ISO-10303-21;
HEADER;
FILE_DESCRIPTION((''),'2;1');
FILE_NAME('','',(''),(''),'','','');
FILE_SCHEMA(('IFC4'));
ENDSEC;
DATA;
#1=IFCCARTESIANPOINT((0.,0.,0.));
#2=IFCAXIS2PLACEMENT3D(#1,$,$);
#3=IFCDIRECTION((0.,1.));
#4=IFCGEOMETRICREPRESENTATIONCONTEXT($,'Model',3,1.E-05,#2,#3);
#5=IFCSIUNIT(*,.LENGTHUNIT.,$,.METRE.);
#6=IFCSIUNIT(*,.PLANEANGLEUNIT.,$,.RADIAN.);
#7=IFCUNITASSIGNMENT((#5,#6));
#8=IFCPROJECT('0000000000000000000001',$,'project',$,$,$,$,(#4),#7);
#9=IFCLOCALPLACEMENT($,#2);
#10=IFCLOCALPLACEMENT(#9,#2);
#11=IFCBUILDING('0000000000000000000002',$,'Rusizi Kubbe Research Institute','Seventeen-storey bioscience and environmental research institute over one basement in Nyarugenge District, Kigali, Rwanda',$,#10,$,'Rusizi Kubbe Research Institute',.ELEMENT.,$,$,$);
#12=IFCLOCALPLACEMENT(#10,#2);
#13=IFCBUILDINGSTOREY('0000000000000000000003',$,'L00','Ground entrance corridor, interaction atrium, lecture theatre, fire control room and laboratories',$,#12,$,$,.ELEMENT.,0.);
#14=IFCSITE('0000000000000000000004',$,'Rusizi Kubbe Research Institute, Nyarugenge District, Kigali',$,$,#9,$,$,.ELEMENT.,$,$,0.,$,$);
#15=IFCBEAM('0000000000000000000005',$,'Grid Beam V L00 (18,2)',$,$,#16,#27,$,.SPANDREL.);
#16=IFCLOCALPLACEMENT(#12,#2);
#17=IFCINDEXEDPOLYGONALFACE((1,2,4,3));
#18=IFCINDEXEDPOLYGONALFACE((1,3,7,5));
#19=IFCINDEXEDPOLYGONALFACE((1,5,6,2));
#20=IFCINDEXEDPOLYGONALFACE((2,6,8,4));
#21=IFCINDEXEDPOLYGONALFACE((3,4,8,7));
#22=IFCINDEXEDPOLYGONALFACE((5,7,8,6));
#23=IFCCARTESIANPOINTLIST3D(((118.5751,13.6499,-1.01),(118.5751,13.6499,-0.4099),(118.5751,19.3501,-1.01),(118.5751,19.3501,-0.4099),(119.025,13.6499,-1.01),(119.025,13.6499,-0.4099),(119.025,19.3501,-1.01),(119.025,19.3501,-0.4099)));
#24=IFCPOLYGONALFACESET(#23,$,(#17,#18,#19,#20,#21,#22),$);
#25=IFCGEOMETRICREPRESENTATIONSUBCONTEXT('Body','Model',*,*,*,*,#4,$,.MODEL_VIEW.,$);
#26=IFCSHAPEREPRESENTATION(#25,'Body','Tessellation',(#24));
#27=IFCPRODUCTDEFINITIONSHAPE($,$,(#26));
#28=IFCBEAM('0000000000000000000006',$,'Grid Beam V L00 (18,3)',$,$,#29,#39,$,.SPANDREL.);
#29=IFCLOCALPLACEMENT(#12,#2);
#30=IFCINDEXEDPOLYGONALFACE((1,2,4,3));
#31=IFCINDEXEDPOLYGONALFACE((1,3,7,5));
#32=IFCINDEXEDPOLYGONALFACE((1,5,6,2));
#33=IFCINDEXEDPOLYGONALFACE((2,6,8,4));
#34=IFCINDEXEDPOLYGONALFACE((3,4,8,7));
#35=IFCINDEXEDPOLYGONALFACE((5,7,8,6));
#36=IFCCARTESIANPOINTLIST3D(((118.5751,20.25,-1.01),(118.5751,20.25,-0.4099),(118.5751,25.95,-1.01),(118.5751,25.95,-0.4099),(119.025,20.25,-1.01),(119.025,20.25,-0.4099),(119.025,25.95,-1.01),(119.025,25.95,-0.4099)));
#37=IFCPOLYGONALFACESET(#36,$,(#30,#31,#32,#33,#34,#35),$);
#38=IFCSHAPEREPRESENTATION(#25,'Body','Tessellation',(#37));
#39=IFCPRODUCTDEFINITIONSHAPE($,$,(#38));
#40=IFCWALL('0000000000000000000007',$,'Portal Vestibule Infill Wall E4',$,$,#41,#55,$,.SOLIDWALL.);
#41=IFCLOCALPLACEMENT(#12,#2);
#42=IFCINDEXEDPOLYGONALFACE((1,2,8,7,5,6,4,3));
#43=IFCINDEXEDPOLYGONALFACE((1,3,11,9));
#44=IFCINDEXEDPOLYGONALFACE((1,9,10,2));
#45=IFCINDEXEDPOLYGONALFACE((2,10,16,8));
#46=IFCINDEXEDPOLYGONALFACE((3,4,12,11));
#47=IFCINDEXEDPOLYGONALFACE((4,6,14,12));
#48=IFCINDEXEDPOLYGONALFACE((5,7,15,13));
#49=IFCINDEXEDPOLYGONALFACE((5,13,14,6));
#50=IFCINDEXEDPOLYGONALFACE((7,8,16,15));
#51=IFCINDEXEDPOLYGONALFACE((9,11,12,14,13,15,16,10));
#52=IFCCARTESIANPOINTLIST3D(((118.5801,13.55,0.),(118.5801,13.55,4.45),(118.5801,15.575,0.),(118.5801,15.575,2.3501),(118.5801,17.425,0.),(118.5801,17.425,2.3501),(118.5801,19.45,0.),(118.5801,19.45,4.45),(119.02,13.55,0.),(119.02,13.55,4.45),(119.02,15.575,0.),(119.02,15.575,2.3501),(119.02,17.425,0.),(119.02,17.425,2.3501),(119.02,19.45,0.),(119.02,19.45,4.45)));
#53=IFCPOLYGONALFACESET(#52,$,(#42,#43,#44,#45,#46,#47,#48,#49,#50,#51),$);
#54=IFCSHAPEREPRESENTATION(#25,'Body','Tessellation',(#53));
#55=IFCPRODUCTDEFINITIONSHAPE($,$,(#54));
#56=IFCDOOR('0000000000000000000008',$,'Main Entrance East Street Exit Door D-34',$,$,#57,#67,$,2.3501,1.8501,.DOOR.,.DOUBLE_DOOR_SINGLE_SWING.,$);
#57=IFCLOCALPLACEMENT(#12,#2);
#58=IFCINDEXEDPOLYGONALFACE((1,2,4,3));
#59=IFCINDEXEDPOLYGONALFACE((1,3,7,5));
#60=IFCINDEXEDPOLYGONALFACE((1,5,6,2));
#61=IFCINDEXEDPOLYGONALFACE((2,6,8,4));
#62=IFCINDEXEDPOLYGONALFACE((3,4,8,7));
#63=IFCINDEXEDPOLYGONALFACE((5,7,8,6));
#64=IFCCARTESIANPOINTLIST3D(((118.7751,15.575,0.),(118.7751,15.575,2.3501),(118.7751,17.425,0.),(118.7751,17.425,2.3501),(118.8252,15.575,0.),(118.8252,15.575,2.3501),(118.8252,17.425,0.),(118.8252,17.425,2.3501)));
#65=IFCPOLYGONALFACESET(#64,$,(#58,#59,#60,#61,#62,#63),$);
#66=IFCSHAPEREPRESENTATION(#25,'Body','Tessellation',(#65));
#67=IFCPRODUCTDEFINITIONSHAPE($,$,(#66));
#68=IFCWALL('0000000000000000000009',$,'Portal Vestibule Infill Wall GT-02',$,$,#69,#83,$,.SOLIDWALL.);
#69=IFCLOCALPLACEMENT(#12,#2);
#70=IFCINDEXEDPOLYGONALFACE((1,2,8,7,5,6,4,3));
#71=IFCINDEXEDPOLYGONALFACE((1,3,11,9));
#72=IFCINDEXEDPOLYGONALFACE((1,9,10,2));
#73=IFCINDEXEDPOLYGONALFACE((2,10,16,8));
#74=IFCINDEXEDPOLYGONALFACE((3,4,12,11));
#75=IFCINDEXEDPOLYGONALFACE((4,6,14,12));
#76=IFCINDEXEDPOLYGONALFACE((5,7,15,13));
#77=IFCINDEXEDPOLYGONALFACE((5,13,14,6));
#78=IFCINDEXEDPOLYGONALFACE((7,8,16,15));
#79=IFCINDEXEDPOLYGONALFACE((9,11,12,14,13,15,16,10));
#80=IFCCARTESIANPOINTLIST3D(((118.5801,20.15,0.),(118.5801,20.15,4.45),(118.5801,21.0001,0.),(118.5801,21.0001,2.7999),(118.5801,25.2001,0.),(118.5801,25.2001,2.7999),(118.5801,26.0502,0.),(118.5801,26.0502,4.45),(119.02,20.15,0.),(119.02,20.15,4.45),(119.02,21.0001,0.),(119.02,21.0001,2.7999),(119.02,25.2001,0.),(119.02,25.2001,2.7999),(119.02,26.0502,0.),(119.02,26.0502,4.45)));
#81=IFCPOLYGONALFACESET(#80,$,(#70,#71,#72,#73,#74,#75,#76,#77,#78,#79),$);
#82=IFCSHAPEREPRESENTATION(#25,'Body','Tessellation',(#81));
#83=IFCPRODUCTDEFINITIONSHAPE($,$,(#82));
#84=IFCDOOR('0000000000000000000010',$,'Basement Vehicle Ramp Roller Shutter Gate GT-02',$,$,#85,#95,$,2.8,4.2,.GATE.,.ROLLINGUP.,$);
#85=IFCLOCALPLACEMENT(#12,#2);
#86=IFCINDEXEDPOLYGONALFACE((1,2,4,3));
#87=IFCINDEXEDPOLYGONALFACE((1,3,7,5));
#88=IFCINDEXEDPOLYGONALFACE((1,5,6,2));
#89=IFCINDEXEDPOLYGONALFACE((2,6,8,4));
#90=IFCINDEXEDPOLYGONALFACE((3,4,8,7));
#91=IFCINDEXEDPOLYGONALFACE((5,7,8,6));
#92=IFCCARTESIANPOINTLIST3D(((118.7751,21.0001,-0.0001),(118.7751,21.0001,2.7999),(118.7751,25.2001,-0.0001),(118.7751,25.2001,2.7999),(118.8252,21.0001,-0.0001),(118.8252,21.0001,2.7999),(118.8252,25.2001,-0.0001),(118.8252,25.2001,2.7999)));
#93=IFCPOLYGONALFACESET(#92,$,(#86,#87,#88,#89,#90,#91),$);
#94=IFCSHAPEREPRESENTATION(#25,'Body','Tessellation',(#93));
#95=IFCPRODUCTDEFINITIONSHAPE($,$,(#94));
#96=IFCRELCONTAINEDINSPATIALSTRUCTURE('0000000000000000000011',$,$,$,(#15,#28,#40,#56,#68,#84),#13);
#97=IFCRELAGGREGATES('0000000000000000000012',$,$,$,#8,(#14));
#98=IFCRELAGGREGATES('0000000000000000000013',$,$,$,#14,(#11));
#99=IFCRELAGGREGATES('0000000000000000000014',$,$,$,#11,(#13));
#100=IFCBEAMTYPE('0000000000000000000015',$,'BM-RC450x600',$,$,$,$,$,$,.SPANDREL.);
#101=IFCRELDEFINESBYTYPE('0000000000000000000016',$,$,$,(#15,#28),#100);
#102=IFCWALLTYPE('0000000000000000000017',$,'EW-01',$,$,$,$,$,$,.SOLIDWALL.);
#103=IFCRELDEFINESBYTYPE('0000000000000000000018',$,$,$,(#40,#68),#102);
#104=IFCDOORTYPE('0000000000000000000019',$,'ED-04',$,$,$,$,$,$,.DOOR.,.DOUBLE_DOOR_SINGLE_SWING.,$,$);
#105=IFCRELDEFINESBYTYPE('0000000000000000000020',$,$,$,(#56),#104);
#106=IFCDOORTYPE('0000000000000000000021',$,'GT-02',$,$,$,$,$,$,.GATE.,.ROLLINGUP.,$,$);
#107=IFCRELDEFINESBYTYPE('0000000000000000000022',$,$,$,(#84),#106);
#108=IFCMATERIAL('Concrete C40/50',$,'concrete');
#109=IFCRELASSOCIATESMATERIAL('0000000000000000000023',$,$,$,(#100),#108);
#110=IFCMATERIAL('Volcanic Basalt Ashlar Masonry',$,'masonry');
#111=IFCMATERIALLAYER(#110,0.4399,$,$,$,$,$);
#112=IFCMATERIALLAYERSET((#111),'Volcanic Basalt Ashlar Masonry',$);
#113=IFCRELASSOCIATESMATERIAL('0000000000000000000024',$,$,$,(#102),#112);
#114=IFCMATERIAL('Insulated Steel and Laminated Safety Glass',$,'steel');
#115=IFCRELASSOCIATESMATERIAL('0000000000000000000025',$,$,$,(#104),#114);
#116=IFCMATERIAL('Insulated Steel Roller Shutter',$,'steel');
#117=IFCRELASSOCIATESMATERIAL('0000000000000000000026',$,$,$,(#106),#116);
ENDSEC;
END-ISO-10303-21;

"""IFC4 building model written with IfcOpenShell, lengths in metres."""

from ifc_helpers import new_model, si_unit, direction, frame, frame_2d, origin, origin_2d, place, context, subcontext, project, spatial, rectangle, extrude, material, layer, layer_set, material_profile, profile_set, type_object, element, fill, save


model = new_model("IFC4")

# Units and contexts
model_context = context("Model", 3, precision=1e-05, world=origin(), true_north=direction((0.0, 1.0)))
body_context = subcontext(model_context, "Body", "Model", "MODEL_VIEW")
ifc_project = project(units=[si_unit("LENGTHUNIT", "METRE"), si_unit("PLANEANGLEUNIT", "RADIAN")], contexts=[model_context])

# Site, building, storey
site_placement = place(None, origin())
site = spatial("IfcSite", under=ifc_project, at=site_placement, Name="Rusizi Kubbe Research Institute, Nyarugenge District, Kigali", CompositionType="ELEMENT", RefElevation=0.0)
building_placement = place(site_placement, origin())
building = spatial("IfcBuilding", under=site, at=building_placement, Name="Rusizi Kubbe Research Institute", Description="Seventeen-storey bioscience and environmental research institute over one basement in Nyarugenge District, Kigali, Rwanda", LongName="Rusizi Kubbe Research Institute", CompositionType="ELEMENT")
storey_placement = place(building_placement, origin())
storey = spatial("IfcBuildingStorey", under=building, at=storey_placement, Name="L00", Description="Ground entrance corridor, interaction atrium, lecture theatre, fire control room and laboratories", CompositionType="ELEMENT", Elevation=0.0)

# Beams
ifc_material_1 = material(Name="Concrete C40/50", Category="concrete")
ifc_material_profile_1 = material_profile(ifc_material_1, rectangle(XDim=0.45, YDim=0.6001, at=origin_2d()), Name="RC450x600")
ifc_profile_set_1 = profile_set([ifc_material_profile_1], Name="Concrete C40/50")
beam_type = type_object("IfcBeamType", Name="BM-RC450x600", PredefinedType="SPANDREL", material=ifc_profile_set_1)
for number, where, z_axis, x_axis, name in (
    (1, (118.8, 13.6499, -0.71), (0.0, 1.0, 0.0), (-1.0, 0.0, 0.0), "Grid Beam V L00 (18,2)"),
):
    element("IfcBeam", number, at=place(storey_placement, frame(where, z_axis=z_axis, x_axis=x_axis)), inside=storey, type_object=beam_type, Name=name, PredefinedType="SPANDREL", context=body_context, shape_type="SweptSolid", body=[
        extrude(rectangle(XDim=0.45, YDim=0.6001, at=origin_2d()), origin(), (0.0, 0.0, 1.0), 5.7002),
    ])
beam_placement = place(storey_placement, frame((118.8, 20.25, -0.71), z_axis=(0.0, 1.0, 0.0), x_axis=(-1.0, 0.0, 0.0)))
element("IfcBeam", 2, at=beam_placement, inside=storey, type_object=beam_type, Name="Grid Beam V L00 (18,3)", PredefinedType="SPANDREL", context=body_context, shape_type="SweptSolid", body=[
    extrude(rectangle(XDim=0.45, YDim=0.6001, at=origin_2d()), origin(), (0.0, 0.0, 1.0), 5.7),
])

# Walls, openings, doors
ifc_material_2 = material(Name="Volcanic Basalt Ashlar Masonry", Category="masonry")
ifc_layer = layer(ifc_material_2, 0.4399)
ifc_layer_set = layer_set([ifc_layer], Name="Volcanic Basalt Ashlar Masonry")
wall_type = type_object("IfcWallType", Name="EW-01", PredefinedType="SOLIDWALL", material=ifc_layer_set)
wall_1_placement = place(storey_placement, frame((118.8, 13.55, 0.0), z_axis=(0.0, 0.0, 1.0), x_axis=(0.0, 1.0, 0.0)))
wall_1 = element("IfcWall", 3, at=wall_1_placement, inside=storey, type_object=wall_type, Name="Portal Vestibule Infill Wall E4", PredefinedType="SOLIDWALL", context=body_context, shape_type="SweptSolid", body=[
    extrude(rectangle(XDim=5.8999, YDim=0.4399, at=frame_2d((2.95, 0.0))), origin(), (0.0, 0.0, 1.0), 4.45),
])
opening_1_placement = place(wall_1_placement, frame((2.0249, 0.0, 0.0)))
opening_1 = element("IfcOpeningElement", 4, at=opening_1_placement, cuts=wall_1, PredefinedType="OPENING", context=body_context, shape_type="SweptSolid", body=[
    extrude(rectangle(XDim=1.8501, YDim=2.3501, at=frame_2d((0.925, 1.175))), frame((0.0, 0.23, 0.0), z_axis=(0.0, -1.0, 0.0), x_axis=(1.0, 0.0, 0.0)), (0.0, 0.0, 1.0), 0.46),
])
ifc_material_3 = material(Name="Insulated Steel and Laminated Safety Glass", Category="steel")
door_type_1 = type_object("IfcDoorType", Name="ED-04", OperationType="DOUBLE_DOOR_SINGLE_SWING", PredefinedType="DOOR", material=ifc_material_3)
door_1_placement = place(opening_1_placement, origin())
door_1 = element("IfcDoor", 5, at=door_1_placement, inside=storey, type_object=door_type_1, Name="Main Entrance East Street Exit Door D-34", OperationType="DOUBLE_DOOR_SINGLE_SWING", OverallHeight=2.3501, OverallWidth=1.8501, PredefinedType="DOOR", context=body_context, shape_type="SweptSolid", body=[
    extrude(rectangle(XDim=1.8501, YDim=2.3501, at=frame_2d((0.925, 1.175))), frame((0.0, 0.0249, 0.0), z_axis=(0.0, -1.0, 0.0), x_axis=(1.0, 0.0, 0.0)), (0.0, 0.0, 1.0), 0.05),
])
fill(opening_1, door_1)
wall_2_placement = place(storey_placement, frame((118.8, 20.1499, 0.0), z_axis=(0.0, 0.0, 1.0), x_axis=(0.0, 1.0, 0.0)))
wall_2 = element("IfcWall", 6, at=wall_2_placement, inside=storey, type_object=wall_type, Name="Portal Vestibule Infill Wall GT-02", PredefinedType="SOLIDWALL", context=body_context, shape_type="SweptSolid", body=[
    extrude(rectangle(XDim=5.9001, YDim=0.4399, at=frame_2d((2.9502, 0.0))), origin(), (0.0, 0.0, 1.0), 4.45),
])
opening_2_placement = place(wall_2_placement, frame((0.8501, 0.0, 0.0)))
opening_2 = element("IfcOpeningElement", 7, at=opening_2_placement, cuts=wall_2, PredefinedType="OPENING", context=body_context, shape_type="SweptSolid", body=[
    extrude(rectangle(XDim=4.2, YDim=2.8, at=frame_2d((2.1001, 1.3999))), frame((0.0, 0.23, 0.0), z_axis=(0.0, -1.0, 0.0), x_axis=(1.0, 0.0, 0.0)), (0.0, 0.0, 1.0), 0.46),
])
ifc_material_4 = material(Name="Insulated Steel Roller Shutter", Category="steel")
door_type_2 = type_object("IfcDoorType", Name="GT-02", OperationType="ROLLINGUP", PredefinedType="GATE", material=ifc_material_4)
door_2_placement = place(opening_2_placement, origin())
door_2 = element("IfcDoor", 8, at=door_2_placement, inside=storey, type_object=door_type_2, Name="Basement Vehicle Ramp Roller Shutter Gate GT-02", OperationType="ROLLINGUP", OverallHeight=2.8, OverallWidth=4.2, PredefinedType="GATE", context=body_context, shape_type="SweptSolid", body=[
    extrude(rectangle(XDim=4.2, YDim=2.8, at=frame_2d((2.1001, 1.3999))), frame((0.0, 0.0249, 0.0), z_axis=(0.0, -1.0, 0.0), x_axis=(1.0, 0.0, 0.0)), (0.0, 0.0, 1.0), 0.05),
])
fill(opening_2, door_2)

save(model, "model.ifc")
